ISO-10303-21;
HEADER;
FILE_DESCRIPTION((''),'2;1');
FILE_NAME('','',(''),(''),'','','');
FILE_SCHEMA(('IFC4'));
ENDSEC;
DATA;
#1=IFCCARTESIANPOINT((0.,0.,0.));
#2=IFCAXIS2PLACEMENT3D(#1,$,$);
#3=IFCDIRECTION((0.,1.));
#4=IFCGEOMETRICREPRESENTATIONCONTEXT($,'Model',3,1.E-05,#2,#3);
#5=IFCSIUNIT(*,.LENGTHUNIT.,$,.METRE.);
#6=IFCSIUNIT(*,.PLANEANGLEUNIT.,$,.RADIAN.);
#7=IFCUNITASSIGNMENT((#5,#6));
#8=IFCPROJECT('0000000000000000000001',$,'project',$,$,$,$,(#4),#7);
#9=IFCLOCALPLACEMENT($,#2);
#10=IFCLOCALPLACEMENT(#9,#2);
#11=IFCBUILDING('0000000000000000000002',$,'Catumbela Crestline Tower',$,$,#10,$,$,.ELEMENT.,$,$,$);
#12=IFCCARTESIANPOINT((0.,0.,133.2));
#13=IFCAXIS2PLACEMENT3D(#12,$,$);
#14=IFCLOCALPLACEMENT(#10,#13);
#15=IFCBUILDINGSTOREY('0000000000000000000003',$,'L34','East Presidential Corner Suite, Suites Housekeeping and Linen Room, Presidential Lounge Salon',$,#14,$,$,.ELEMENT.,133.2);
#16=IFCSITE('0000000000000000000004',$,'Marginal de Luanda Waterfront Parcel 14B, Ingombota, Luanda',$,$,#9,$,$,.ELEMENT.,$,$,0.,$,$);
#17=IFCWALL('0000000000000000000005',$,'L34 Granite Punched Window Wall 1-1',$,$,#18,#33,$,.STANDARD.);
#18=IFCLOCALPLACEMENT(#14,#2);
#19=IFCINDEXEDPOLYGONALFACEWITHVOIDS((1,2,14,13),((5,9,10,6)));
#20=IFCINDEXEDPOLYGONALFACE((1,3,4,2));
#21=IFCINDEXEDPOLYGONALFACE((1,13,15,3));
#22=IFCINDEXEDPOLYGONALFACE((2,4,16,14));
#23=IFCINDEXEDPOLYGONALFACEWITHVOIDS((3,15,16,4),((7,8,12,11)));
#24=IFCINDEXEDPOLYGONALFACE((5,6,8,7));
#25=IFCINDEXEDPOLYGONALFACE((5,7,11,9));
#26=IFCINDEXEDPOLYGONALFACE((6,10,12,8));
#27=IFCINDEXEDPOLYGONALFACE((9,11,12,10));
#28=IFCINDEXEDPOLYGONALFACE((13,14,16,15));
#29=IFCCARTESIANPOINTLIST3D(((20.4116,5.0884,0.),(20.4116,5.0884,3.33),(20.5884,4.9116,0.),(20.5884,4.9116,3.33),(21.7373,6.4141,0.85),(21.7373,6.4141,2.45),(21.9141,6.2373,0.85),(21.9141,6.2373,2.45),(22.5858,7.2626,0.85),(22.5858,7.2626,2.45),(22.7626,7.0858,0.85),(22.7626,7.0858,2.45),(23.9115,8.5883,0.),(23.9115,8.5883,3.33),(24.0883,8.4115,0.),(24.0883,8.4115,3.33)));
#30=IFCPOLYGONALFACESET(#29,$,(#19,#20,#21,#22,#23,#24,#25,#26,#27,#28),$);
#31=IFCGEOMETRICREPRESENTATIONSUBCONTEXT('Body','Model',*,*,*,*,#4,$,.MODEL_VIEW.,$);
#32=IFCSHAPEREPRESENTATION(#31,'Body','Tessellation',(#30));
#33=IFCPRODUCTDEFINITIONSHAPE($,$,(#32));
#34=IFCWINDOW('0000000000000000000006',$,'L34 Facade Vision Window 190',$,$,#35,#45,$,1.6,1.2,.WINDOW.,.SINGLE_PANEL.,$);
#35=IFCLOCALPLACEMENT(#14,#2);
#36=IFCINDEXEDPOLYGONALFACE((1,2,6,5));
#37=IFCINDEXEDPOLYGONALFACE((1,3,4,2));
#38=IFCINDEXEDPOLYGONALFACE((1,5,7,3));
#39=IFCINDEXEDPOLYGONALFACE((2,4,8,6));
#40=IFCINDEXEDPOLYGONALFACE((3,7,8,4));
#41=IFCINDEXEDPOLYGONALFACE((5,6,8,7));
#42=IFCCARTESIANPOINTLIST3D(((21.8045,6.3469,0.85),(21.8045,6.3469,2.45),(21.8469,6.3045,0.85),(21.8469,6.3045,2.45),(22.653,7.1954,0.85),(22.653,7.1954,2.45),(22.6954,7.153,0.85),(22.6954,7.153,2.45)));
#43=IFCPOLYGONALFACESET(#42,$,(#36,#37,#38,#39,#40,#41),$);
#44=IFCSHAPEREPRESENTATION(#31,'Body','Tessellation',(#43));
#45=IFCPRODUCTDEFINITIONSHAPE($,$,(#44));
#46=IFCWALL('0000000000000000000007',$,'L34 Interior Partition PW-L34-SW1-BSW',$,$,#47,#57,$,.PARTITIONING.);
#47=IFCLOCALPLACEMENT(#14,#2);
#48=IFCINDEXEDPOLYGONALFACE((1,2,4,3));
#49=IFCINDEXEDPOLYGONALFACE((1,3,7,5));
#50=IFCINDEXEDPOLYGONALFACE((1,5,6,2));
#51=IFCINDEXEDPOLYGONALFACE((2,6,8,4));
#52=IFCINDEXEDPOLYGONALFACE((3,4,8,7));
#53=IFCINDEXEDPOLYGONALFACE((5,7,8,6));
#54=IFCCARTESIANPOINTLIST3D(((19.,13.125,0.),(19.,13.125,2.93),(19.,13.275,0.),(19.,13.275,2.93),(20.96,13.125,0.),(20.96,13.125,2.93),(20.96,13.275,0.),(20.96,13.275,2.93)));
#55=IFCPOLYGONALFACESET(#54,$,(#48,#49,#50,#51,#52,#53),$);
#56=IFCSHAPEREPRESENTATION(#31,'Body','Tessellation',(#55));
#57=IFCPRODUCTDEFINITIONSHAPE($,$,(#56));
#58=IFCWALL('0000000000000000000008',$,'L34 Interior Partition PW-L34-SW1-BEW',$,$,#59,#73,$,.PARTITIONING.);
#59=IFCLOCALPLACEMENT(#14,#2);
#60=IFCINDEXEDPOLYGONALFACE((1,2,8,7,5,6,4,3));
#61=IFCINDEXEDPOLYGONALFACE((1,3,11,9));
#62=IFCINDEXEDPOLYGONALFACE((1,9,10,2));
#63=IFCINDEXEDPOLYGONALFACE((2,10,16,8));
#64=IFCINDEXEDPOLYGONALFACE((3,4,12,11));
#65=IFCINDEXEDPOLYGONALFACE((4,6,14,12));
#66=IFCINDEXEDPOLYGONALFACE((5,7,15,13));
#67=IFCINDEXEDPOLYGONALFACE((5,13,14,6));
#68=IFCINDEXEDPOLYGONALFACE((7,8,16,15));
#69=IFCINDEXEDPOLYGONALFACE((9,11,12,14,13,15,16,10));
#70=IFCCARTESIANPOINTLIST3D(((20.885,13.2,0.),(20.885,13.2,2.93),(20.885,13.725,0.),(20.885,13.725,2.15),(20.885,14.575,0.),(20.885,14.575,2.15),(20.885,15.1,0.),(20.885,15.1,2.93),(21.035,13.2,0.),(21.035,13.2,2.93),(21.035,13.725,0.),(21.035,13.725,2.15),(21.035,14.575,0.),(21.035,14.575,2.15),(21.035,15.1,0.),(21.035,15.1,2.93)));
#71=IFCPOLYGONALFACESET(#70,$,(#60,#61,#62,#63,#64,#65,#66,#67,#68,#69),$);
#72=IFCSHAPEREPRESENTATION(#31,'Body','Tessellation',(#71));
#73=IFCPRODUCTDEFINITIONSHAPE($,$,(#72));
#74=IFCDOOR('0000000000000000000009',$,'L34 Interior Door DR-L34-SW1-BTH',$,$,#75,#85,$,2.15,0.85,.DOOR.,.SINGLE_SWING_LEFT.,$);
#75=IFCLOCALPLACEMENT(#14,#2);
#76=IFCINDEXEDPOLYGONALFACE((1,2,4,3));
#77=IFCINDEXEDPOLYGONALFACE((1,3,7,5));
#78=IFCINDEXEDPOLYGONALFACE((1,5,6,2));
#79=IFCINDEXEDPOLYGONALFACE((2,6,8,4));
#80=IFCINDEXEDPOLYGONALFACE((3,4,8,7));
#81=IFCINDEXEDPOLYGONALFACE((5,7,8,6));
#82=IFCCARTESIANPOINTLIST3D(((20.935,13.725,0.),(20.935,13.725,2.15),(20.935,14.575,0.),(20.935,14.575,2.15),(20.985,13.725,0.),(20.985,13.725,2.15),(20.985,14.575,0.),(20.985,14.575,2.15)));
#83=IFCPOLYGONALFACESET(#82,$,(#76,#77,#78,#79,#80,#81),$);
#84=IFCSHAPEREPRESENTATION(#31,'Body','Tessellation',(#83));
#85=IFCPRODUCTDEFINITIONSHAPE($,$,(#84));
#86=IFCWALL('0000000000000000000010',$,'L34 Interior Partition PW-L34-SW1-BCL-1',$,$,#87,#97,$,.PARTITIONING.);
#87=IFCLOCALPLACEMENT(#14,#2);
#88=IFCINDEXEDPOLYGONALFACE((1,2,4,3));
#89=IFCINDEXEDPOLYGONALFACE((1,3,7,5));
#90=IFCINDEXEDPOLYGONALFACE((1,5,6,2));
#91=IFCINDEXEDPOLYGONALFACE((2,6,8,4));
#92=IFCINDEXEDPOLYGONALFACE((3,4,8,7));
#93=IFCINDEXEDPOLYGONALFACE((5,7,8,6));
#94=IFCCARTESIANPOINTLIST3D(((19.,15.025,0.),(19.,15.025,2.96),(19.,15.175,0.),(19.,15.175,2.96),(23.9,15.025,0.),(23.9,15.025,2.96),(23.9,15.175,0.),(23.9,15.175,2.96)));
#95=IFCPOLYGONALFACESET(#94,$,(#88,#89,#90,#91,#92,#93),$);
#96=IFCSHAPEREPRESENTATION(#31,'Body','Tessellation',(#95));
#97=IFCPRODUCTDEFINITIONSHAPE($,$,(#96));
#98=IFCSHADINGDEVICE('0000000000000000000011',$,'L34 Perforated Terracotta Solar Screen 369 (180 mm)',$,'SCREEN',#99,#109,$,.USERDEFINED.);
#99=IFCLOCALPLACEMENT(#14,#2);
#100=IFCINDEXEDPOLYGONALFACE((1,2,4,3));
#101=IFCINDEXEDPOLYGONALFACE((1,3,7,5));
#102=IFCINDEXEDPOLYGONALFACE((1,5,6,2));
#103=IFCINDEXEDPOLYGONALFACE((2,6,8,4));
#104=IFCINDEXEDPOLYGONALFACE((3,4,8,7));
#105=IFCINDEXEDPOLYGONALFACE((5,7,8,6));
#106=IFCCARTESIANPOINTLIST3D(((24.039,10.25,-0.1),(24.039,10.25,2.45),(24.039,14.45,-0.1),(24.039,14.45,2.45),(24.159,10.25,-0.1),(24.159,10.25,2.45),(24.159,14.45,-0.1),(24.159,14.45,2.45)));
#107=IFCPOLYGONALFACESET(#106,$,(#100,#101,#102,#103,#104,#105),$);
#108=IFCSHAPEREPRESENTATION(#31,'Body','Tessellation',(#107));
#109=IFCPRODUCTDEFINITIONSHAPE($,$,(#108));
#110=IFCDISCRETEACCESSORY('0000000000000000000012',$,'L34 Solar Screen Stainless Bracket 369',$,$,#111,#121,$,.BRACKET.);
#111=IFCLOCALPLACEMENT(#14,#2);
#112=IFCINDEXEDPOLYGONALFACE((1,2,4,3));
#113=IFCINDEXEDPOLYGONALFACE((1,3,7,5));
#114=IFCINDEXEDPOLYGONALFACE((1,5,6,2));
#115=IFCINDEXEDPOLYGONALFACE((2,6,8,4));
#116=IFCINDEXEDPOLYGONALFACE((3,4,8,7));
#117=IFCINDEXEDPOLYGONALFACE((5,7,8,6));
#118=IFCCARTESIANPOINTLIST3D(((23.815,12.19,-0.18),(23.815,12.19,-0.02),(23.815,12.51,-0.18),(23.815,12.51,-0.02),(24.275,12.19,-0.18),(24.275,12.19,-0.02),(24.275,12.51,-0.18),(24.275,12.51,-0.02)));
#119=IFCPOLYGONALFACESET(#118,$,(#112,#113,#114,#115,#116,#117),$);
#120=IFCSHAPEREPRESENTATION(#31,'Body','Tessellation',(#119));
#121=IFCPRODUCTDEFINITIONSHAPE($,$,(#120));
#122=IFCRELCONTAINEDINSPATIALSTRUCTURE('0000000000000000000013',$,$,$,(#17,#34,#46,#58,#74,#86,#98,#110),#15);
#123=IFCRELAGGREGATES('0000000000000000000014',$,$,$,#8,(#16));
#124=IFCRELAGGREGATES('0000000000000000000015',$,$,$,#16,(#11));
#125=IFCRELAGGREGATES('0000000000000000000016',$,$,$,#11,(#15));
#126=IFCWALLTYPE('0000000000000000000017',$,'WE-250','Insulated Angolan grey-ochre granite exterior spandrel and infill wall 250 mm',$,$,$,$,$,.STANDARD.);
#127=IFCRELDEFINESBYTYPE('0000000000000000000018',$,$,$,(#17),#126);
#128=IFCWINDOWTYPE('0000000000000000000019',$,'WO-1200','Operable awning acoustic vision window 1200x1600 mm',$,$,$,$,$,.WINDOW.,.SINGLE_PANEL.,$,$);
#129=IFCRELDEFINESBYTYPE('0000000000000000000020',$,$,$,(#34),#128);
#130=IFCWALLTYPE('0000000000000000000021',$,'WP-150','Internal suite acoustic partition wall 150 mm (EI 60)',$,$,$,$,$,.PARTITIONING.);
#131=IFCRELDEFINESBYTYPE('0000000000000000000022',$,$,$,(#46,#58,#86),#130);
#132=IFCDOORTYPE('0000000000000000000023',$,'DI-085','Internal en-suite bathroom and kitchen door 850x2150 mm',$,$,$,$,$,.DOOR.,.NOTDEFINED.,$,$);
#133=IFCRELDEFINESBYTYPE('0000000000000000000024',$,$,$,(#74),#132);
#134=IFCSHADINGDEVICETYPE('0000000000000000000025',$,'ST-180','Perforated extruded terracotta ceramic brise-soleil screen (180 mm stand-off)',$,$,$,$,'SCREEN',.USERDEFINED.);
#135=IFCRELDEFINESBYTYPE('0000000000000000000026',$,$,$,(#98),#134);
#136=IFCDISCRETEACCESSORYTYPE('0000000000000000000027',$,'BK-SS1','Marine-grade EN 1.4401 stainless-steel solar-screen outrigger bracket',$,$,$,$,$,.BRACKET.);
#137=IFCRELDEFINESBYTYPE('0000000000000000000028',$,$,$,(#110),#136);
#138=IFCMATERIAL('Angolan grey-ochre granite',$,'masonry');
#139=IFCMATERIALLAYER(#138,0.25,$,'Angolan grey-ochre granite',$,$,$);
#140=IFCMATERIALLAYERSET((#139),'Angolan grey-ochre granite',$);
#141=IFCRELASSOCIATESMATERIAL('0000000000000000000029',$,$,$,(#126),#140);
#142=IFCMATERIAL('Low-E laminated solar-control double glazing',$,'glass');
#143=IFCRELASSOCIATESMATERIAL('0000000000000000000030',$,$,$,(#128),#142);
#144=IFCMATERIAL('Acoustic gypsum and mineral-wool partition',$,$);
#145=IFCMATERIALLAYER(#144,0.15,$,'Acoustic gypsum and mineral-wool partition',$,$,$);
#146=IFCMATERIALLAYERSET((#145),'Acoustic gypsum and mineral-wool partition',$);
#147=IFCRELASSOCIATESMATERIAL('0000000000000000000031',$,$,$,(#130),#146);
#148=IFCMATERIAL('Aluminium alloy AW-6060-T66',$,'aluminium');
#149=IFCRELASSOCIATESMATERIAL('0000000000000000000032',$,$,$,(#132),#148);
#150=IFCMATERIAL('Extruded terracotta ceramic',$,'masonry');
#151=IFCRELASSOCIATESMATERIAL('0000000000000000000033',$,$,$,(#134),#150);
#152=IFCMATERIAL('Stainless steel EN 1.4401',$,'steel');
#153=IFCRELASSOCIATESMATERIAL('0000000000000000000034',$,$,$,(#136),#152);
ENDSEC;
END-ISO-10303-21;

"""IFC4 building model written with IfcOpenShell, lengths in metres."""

from ifc_helpers import new_model, si_unit, direction, frame, frame_2d, origin, origin_2d, place, context, subcontext, project, spatial, rectangle, extrude, material, layer, layer_set, type_object, element, fill, save


model = new_model("IFC4")

# Units and contexts
model_context = context("Model", 3, precision=1e-05, world=origin(), true_north=direction((0.0, 1.0)))
body_context = subcontext(model_context, "Body", "Model", "MODEL_VIEW")
ifc_project = project(units=[si_unit("LENGTHUNIT", "METRE"), si_unit("PLANEANGLEUNIT", "RADIAN")], contexts=[model_context])

# Site, building, storey
site_placement = place(None, origin())
site = spatial("IfcSite", under=ifc_project, at=site_placement, Name="Marginal de Luanda Waterfront Parcel 14B, Ingombota, Luanda", CompositionType="ELEMENT", RefElevation=0.0)
building_placement = place(site_placement, origin())
building = spatial("IfcBuilding", under=site, at=building_placement, Name="Catumbela Crestline Tower", CompositionType="ELEMENT")
storey_placement = place(building_placement, frame((0.0, 0.0, 133.2)))
storey = spatial("IfcBuildingStorey", under=building, at=storey_placement, Name="L34", Description="East Presidential Corner Suite, Suites Housekeeping and Linen Room, Presidential Lounge Salon", CompositionType="ELEMENT", Elevation=133.2)

# Shared definitions
ifc_material_1 = material(Name="Aluminium alloy AW-6060-T66", Category="aluminium")

# Shared definitions
ifc_material_2 = material(Name="Low-E laminated solar-control double glazing", Category="glass")

# Wall, opening, window
ifc_material_3 = material(Name="Angolan grey-ochre granite", Category="masonry")
ifc_layer_1 = layer(ifc_material_3, 0.25, Name="Angolan grey-ochre granite")
ifc_layer_set_1 = layer_set([ifc_layer_1], Name="Angolan grey-ochre granite")
wall_type_1 = type_object("IfcWallType", Name="WE-250", Description="Insulated Angolan grey-ochre granite exterior spandrel and infill wall 250 mm", PredefinedType="STANDARD", material=ifc_layer_set_1)
wall_1_placement = place(storey_placement, frame((20.5, 5.0, 0.0), z_axis=(0.0, 0.0, 1.0), x_axis=(0.707107, 0.707107, 0.0)))
wall_1 = element("IfcWall", 1, at=wall_1_placement, inside=storey, type_object=wall_type_1, Name="L34 Granite Punched Window Wall 1-1", PredefinedType="STANDARD", context=body_context, shape_type="SweptSolid", body=[
    extrude(rectangle(XDim=4.9497, YDim=0.25, at=frame_2d((2.4748, 0.0))), origin(), (0.0, 0.0, 1.0), 3.33),
])
opening_1_placement = place(wall_1_placement, frame((1.8748, 0.0, 0.85)))
opening_1 = element("IfcOpeningElement", 2, at=opening_1_placement, cuts=wall_1, PredefinedType="OPENING", context=body_context, shape_type="SweptSolid", body=[
    extrude(rectangle(XDim=1.2, YDim=1.6, at=frame_2d((0.6, 0.8))), frame((0.0, 0.135, 0.0), z_axis=(0.0, -1.0, 0.0), x_axis=(1.0, 0.0, 0.0)), (0.0, 0.0, 1.0), 0.27),
])
window_type = type_object("IfcWindowType", Name="WO-1200", Description="Operable awning acoustic vision window 1200x1600 mm", PartitioningType="SINGLE_PANEL", PredefinedType="WINDOW", material=ifc_material_2)
window_placement = place(opening_1_placement, origin())
window = element("IfcWindow", 3, at=window_placement, inside=storey, type_object=window_type, Name="L34 Facade Vision Window 190", OverallHeight=1.6, OverallWidth=1.2, PartitioningType="SINGLE_PANEL", PredefinedType="WINDOW", context=body_context, shape_type="SweptSolid", body=[
    extrude(rectangle(XDim=1.2, YDim=1.6, at=frame_2d((0.6, 0.8))), frame((0.0, 0.03, 0.0), z_axis=(0.0, -1.0, 0.0), x_axis=(1.0, 0.0, 0.0)), (0.0, 0.0, 1.0), 0.06),
])
fill(opening_1, window)

# Wall
ifc_material_4 = material(Name="Acoustic gypsum and mineral-wool partition")
ifc_layer_2 = layer(ifc_material_4, 0.15, Name="Acoustic gypsum and mineral-wool partition")
ifc_layer_set_2 = layer_set([ifc_layer_2], Name="Acoustic gypsum and mineral-wool partition")
wall_type_2 = type_object("IfcWallType", Name="WP-150", Description="Internal suite acoustic partition wall 150 mm (EI 60)", PredefinedType="PARTITIONING", material=ifc_layer_set_2)
wall_2_placement = place(storey_placement, frame((19.0, 13.2, 0.0), z_axis=(0.0, 0.0, 1.0), x_axis=(1.0, 0.0, 0.0)))
element("IfcWall", 4, at=wall_2_placement, inside=storey, type_object=wall_type_2, Name="L34 Interior Partition PW-L34-SW1-BSW", PredefinedType="PARTITIONING", context=body_context, shape_type="SweptSolid", body=[
    extrude(rectangle(XDim=1.96, YDim=0.15, at=frame_2d((0.98, 0.0))), origin(), (0.0, 0.0, 1.0), 2.93),
])

# Wall, opening, door
wall_3_placement = place(storey_placement, frame((20.96, 13.2, 0.0), z_axis=(0.0, 0.0, 1.0), x_axis=(0.0, 1.0, 0.0)))
wall_3 = element("IfcWall", 5, at=wall_3_placement, inside=storey, type_object=wall_type_2, Name="L34 Interior Partition PW-L34-SW1-BEW", PredefinedType="PARTITIONING", context=body_context, shape_type="SweptSolid", body=[
    extrude(rectangle(XDim=1.9, YDim=0.15, at=frame_2d((0.95, 0.0))), origin(), (0.0, 0.0, 1.0), 2.93),
])
opening_2_placement = place(wall_3_placement, frame((0.525, 0.0, 0.0)))
opening_2 = element("IfcOpeningElement", 6, at=opening_2_placement, cuts=wall_3, PredefinedType="OPENING", context=body_context, shape_type="SweptSolid", body=[
    extrude(rectangle(XDim=0.85, YDim=2.15, at=frame_2d((0.425, 1.075))), frame((0.0, 0.085, 0.0), z_axis=(0.0, -1.0, 0.0), x_axis=(1.0, 0.0, 0.0)), (0.0, 0.0, 1.0), 0.17),
])
door_type = type_object("IfcDoorType", Name="DI-085", Description="Internal en-suite bathroom and kitchen door 850x2150 mm", OperationType="NOTDEFINED", PredefinedType="DOOR", material=ifc_material_1)
door_placement = place(opening_2_placement, origin())
door = element("IfcDoor", 7, at=door_placement, inside=storey, type_object=door_type, Name="L34 Interior Door DR-L34-SW1-BTH", OperationType="SINGLE_SWING_LEFT", OverallHeight=2.15, OverallWidth=0.85, PredefinedType="DOOR", context=body_context, shape_type="SweptSolid", body=[
    extrude(rectangle(XDim=0.85, YDim=2.15, at=frame_2d((0.425, 1.075))), frame((0.0, 0.025, 0.0), z_axis=(0.0, -1.0, 0.0), x_axis=(1.0, 0.0, 0.0)), (0.0, 0.0, 1.0), 0.05),
])
fill(opening_2, door)

# Wall
wall_4_placement = place(storey_placement, frame((19.0, 15.1, 0.0), z_axis=(0.0, 0.0, 1.0), x_axis=(1.0, 0.0, 0.0)))
element("IfcWall", 8, at=wall_4_placement, inside=storey, type_object=wall_type_2, Name="L34 Interior Partition PW-L34-SW1-BCL-1", PredefinedType="PARTITIONING", context=body_context, shape_type="SweptSolid", body=[
    extrude(rectangle(XDim=4.9, YDim=0.15, at=frame_2d((2.45, 0.0))), origin(), (0.0, 0.0, 1.0), 2.96),
])

# Shading device
ifc_material_5 = material(Name="Extruded terracotta ceramic", Category="masonry")
shading_device_type = type_object("IfcShadingDeviceType", Name="ST-180", Description="Perforated extruded terracotta ceramic brise-soleil screen (180 mm stand-off)", ElementType="SCREEN", PredefinedType="USERDEFINED", material=ifc_material_5)
shading_device_placement = place(storey_placement, frame((24.099, 12.35, -0.1), z_axis=(0.0, 0.0, 1.0), x_axis=(0.0, 1.0, 0.0)))
element("IfcShadingDevice", 9, at=shading_device_placement, inside=storey, type_object=shading_device_type, Name="L34 Perforated Terracotta Solar Screen 369 (180 mm)", ObjectType="SCREEN", PredefinedType="USERDEFINED", context=body_context, shape_type="SweptSolid", body=[
    extrude(rectangle(XDim=4.2, YDim=0.12, at=origin_2d()), origin(), (0.0, 0.0, 1.0), 2.55),
])

# Discrete accessory
ifc_material_6 = material(Name="Stainless steel EN 1.4401", Category="steel")
discrete_accessory_type = type_object("IfcDiscreteAccessoryType", Name="BK-SS1", Description="Marine-grade EN 1.4401 stainless-steel solar-screen outrigger bracket", PredefinedType="BRACKET", material=ifc_material_6)
discrete_accessory_placement = place(storey_placement, frame((24.045, 12.35, -0.18), z_axis=(0.0, 0.0, 1.0), x_axis=(0.0, 1.0, 0.0)))
element("IfcDiscreteAccessory", 10, at=discrete_accessory_placement, inside=storey, type_object=discrete_accessory_type, Name="L34 Solar Screen Stainless Bracket 369", PredefinedType="BRACKET", context=body_context, shape_type="SweptSolid", body=[
    extrude(rectangle(XDim=0.32, YDim=0.46, at=origin_2d()), origin(), (0.0, 0.0, 1.0), 0.16),
])

save(model, "model.ifc")
